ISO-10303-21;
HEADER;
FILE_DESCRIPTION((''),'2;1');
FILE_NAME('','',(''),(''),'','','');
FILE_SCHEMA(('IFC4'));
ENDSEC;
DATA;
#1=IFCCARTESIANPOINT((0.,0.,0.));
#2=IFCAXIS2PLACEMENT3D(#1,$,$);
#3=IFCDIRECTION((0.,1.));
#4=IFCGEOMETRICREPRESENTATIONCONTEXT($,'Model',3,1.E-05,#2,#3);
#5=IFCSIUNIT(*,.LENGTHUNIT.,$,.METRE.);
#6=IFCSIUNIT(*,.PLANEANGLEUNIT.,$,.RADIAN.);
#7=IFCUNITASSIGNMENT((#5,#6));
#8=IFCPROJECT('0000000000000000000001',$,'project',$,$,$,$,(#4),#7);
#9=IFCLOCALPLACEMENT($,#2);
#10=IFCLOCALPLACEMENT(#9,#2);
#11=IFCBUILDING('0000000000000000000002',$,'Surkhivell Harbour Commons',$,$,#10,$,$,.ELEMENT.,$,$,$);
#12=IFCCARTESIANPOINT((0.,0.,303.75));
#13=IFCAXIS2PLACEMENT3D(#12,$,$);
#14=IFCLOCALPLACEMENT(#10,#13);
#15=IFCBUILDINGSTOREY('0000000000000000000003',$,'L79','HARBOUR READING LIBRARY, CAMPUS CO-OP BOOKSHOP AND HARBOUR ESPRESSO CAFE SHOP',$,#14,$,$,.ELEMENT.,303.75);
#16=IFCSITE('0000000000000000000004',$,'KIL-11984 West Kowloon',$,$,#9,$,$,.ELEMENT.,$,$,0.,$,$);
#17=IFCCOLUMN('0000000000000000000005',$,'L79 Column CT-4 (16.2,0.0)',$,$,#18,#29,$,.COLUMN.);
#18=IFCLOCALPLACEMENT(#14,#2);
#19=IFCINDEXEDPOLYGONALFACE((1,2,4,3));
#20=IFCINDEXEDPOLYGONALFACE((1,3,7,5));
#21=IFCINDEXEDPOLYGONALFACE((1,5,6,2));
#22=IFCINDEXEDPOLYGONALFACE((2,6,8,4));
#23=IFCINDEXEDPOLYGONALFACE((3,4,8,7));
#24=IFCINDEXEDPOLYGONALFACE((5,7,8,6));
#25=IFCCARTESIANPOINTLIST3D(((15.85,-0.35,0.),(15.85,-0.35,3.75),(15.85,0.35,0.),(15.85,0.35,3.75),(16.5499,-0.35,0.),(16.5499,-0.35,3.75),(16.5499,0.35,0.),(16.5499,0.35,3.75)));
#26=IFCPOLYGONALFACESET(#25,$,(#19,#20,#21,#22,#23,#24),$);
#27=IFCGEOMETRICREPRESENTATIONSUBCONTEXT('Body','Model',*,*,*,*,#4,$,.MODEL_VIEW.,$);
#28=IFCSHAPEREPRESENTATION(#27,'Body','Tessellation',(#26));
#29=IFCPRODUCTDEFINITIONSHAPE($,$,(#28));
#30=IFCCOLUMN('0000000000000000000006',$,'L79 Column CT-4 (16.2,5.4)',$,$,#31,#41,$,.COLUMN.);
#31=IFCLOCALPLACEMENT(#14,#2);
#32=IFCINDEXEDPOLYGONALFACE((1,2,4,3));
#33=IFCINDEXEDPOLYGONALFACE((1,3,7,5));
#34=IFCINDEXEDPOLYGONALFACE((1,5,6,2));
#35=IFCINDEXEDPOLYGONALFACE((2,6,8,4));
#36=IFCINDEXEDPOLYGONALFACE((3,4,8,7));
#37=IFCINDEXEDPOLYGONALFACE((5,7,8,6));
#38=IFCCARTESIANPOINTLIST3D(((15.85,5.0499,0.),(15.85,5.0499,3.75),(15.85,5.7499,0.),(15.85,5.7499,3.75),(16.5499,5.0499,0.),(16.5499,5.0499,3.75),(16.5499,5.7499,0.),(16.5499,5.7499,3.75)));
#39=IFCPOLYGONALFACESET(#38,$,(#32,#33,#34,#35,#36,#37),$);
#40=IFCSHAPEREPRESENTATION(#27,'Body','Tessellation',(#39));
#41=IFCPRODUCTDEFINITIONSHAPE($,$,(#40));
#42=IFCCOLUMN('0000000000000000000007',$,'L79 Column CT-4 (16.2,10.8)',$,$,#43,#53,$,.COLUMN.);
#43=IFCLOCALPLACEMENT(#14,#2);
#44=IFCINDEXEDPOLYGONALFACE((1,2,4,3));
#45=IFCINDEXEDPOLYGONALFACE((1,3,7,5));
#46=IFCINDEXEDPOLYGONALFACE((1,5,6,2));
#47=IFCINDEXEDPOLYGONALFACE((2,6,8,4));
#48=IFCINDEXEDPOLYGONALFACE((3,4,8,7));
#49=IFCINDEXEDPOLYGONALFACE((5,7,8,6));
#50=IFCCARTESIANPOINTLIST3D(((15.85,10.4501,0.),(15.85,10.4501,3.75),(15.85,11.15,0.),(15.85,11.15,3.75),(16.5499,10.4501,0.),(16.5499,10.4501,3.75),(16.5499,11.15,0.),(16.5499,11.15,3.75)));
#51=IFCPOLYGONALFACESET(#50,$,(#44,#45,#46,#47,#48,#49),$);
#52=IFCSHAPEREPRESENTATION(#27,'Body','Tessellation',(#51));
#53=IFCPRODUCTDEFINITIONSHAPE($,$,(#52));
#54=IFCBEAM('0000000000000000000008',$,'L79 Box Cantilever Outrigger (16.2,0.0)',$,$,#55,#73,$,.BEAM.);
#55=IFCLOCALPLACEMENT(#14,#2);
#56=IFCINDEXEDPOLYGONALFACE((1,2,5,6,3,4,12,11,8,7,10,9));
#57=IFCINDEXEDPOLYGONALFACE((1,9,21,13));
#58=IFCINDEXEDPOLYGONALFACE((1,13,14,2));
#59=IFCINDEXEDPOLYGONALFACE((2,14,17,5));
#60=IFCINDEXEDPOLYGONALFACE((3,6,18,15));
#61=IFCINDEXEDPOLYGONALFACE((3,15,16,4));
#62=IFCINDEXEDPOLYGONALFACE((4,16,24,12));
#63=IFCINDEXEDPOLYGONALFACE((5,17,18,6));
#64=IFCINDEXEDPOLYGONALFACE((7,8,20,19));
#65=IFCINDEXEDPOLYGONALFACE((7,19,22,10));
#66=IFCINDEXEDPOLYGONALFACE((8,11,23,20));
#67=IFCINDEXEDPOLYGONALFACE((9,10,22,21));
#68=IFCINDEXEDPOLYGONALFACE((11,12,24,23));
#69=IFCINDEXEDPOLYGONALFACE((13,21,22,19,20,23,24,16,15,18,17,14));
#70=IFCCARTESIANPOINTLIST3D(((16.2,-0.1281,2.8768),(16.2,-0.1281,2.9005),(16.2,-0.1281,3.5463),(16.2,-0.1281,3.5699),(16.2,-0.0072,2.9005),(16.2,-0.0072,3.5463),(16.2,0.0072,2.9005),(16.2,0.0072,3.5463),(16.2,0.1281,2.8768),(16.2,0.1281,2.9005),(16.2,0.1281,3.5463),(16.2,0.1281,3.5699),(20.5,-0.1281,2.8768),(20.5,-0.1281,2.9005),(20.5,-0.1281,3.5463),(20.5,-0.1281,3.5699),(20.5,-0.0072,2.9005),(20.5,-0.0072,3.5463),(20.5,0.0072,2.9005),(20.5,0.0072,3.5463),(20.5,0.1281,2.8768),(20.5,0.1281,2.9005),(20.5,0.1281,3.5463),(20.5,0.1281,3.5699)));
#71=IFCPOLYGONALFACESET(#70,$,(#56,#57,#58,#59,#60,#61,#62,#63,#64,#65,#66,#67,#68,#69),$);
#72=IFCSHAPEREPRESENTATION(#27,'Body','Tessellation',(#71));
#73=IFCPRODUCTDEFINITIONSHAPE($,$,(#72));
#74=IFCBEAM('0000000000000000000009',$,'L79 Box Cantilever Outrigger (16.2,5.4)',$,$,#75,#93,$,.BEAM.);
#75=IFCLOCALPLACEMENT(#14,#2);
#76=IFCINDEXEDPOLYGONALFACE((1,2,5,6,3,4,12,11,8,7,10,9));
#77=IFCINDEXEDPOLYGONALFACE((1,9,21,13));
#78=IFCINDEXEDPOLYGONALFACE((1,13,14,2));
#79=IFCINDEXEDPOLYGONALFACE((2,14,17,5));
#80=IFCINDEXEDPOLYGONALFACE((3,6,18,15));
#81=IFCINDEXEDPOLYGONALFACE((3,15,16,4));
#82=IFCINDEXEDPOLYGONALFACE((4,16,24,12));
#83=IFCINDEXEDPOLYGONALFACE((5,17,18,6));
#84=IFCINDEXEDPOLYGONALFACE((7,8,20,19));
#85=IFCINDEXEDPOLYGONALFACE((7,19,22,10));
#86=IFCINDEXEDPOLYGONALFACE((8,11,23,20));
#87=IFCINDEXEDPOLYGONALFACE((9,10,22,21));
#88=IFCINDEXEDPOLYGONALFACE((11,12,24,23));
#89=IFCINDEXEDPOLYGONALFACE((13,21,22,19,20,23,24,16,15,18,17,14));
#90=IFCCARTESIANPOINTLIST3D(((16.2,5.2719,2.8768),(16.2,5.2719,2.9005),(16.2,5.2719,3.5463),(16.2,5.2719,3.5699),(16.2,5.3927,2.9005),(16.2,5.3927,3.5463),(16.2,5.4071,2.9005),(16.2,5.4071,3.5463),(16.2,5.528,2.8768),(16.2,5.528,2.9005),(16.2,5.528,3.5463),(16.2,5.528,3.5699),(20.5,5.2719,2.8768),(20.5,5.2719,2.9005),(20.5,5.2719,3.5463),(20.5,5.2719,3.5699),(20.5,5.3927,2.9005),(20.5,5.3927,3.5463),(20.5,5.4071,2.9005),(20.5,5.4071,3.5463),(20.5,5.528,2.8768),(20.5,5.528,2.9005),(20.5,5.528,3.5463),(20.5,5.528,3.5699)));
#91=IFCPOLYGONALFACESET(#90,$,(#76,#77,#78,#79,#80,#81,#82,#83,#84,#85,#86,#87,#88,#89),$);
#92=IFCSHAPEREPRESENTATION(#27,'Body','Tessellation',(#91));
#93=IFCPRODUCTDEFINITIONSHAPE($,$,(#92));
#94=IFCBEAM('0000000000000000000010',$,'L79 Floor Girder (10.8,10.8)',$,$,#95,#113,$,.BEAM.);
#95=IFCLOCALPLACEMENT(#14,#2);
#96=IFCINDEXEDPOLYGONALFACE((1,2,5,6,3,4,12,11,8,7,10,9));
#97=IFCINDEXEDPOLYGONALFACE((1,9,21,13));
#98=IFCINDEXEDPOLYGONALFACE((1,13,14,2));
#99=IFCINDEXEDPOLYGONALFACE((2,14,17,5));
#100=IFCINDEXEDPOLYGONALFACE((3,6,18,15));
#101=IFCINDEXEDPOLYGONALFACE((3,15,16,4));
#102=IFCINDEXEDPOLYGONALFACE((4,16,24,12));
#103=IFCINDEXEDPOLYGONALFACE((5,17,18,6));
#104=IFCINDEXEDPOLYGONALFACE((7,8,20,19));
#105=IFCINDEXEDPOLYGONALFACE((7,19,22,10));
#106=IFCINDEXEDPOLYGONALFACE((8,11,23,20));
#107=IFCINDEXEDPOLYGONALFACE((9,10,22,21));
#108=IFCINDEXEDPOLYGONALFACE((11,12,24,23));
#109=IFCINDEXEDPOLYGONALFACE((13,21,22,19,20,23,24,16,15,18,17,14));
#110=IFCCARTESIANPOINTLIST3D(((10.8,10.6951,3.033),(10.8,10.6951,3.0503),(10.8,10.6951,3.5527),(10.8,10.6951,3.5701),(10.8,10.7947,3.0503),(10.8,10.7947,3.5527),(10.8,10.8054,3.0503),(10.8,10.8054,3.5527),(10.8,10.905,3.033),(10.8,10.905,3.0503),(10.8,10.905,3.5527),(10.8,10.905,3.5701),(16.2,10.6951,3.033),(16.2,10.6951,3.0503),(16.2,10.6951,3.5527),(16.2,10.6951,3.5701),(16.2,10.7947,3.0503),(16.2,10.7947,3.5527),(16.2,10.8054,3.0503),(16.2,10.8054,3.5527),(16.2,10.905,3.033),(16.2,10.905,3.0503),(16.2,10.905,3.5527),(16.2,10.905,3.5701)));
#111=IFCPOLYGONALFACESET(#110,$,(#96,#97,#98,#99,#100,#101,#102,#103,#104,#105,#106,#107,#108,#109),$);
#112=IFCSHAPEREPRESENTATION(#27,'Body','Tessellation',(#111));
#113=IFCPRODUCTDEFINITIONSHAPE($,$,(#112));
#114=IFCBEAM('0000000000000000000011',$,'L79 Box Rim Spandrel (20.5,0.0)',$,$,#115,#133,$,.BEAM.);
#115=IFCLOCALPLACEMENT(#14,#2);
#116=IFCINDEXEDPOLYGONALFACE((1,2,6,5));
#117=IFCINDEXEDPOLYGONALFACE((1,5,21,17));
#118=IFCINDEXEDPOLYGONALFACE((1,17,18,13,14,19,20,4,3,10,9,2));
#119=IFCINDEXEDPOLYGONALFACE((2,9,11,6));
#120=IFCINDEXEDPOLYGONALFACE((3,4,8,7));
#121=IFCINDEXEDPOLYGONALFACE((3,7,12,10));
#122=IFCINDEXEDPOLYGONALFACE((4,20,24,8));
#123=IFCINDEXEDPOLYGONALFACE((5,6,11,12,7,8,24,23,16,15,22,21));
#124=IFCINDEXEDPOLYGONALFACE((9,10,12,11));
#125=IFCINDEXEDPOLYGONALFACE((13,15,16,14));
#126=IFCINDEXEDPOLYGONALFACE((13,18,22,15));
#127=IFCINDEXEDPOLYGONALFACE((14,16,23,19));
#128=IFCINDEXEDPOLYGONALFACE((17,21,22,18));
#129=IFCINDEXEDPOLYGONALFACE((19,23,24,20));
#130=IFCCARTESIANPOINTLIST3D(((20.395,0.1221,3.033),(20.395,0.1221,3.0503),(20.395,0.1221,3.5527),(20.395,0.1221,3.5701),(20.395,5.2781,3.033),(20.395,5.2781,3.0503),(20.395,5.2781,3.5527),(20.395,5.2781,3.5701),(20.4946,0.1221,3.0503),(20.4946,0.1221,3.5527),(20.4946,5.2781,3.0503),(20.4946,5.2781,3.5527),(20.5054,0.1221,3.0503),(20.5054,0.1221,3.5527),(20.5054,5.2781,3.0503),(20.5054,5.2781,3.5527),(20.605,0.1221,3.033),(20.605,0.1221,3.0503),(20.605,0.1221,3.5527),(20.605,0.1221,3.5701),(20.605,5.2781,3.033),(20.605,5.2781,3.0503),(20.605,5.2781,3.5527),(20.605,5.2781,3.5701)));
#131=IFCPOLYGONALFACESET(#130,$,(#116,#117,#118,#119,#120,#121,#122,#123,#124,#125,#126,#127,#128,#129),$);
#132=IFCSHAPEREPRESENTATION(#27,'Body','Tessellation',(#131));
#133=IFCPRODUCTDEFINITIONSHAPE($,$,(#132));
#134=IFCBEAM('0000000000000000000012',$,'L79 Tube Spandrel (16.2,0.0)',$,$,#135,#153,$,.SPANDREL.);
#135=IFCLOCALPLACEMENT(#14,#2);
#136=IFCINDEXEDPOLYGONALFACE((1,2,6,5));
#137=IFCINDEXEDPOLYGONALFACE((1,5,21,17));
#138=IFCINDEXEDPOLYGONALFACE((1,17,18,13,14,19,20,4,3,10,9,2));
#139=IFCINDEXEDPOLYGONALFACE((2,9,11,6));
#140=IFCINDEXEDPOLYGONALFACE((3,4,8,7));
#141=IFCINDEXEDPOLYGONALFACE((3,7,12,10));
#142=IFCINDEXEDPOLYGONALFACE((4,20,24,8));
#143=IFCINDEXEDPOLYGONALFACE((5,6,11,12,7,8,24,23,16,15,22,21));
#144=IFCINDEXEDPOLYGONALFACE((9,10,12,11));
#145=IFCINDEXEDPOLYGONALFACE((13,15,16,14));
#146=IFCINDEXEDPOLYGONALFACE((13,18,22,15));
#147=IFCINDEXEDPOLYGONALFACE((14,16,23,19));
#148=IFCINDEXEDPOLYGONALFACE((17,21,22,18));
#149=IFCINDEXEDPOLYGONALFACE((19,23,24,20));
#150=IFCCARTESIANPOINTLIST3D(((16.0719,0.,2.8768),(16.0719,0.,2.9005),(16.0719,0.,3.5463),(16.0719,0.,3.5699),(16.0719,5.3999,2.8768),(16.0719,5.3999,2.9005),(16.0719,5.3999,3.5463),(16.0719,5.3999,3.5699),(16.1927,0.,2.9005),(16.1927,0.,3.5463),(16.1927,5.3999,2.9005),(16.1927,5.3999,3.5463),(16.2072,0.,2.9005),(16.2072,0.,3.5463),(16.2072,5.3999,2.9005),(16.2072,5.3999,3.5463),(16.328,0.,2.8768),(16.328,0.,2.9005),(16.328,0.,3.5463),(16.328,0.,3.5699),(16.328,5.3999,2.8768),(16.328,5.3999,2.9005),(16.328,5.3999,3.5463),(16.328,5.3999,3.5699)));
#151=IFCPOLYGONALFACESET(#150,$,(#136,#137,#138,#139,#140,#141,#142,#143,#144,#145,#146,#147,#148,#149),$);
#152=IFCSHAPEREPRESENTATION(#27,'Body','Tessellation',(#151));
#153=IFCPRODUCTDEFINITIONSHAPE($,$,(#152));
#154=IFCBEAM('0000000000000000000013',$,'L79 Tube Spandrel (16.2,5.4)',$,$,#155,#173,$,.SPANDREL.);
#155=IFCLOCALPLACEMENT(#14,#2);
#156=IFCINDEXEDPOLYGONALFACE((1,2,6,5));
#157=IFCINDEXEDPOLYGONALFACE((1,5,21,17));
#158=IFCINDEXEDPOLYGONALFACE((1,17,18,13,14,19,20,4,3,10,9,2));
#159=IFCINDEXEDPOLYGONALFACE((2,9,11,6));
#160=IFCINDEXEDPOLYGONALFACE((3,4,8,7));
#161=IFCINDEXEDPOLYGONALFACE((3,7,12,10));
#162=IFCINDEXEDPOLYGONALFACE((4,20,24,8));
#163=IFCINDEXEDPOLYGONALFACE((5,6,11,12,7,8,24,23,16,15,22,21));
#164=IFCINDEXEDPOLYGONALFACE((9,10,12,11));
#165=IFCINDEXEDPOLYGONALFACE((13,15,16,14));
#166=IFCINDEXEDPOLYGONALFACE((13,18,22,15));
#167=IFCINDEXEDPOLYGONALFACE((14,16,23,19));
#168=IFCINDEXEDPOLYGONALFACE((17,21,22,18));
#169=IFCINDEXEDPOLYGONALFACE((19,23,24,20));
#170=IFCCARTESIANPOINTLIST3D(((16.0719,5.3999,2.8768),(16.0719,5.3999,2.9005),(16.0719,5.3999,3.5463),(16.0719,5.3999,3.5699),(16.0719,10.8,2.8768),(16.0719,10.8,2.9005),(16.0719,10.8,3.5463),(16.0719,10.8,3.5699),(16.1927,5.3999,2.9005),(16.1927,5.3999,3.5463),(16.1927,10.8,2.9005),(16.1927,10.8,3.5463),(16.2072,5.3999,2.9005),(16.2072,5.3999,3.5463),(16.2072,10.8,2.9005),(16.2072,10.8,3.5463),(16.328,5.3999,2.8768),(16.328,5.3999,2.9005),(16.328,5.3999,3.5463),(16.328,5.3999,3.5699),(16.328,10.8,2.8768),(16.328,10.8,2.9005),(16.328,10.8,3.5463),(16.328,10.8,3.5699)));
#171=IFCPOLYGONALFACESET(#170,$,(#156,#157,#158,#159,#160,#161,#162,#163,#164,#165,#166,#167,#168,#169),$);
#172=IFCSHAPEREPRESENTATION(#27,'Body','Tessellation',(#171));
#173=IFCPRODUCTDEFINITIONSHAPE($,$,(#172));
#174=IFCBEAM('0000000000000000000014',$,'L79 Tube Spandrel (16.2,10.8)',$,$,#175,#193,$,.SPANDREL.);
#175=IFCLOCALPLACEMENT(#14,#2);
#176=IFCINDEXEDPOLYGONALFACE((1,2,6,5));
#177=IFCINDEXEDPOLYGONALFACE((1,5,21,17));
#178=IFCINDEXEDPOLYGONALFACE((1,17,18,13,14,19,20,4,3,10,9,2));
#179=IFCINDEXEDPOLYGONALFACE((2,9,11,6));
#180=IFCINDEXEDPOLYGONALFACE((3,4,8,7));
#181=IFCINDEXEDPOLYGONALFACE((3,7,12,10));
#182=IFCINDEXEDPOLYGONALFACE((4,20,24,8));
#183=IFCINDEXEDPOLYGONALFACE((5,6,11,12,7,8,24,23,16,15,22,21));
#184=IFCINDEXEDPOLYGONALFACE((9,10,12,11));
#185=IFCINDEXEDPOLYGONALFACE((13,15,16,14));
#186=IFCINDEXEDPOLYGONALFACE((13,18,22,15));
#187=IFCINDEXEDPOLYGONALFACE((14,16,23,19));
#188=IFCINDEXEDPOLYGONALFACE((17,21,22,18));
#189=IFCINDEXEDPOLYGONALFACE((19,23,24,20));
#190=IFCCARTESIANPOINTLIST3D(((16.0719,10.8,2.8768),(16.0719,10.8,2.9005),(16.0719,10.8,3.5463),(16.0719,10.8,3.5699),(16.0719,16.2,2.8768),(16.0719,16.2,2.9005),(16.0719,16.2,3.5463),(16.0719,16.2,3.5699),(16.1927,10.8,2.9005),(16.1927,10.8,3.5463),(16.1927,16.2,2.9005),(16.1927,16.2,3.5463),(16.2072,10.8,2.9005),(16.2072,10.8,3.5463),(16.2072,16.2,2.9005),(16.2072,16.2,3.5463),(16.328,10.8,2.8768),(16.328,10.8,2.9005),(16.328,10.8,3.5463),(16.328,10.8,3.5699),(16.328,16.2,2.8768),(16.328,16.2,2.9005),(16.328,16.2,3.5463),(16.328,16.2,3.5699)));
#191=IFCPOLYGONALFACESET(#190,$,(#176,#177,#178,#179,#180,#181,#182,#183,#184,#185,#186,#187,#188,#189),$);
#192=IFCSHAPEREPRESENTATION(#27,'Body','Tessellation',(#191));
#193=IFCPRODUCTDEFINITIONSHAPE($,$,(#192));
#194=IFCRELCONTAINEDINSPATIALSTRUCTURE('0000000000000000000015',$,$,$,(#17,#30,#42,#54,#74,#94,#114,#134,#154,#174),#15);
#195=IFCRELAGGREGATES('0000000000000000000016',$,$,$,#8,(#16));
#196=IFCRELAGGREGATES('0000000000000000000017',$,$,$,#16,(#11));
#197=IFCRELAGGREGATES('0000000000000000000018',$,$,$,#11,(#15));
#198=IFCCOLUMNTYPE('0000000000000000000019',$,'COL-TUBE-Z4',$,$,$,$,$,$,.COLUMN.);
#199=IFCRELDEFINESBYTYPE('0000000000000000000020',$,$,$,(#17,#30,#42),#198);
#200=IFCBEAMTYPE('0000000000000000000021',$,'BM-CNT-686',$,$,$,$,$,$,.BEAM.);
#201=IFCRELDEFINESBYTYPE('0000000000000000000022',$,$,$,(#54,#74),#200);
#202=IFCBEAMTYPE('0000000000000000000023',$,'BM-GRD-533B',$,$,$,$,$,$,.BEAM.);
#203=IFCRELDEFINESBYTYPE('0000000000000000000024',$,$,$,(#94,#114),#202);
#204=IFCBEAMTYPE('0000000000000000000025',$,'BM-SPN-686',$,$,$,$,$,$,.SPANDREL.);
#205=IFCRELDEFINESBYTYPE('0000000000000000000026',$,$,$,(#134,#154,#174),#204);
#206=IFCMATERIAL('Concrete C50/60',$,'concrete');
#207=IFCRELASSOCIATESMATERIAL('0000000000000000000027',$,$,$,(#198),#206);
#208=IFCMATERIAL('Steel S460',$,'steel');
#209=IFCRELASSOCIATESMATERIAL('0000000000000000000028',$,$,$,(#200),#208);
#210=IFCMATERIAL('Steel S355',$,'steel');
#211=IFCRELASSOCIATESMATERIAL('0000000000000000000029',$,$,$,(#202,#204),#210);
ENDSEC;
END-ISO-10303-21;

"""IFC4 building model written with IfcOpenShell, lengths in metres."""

from ifc_helpers import new_model, si_unit, direction, frame, origin, origin_2d, place, context, subcontext, project, spatial, rectangle, i_section, extrude, material, material_profile, profile_set, type_object, element, save


model = new_model("IFC4")

# Units and contexts
model_context = context("Model", 3, precision=1e-05, world=origin(), true_north=direction((0.0, 1.0)))
body_context = subcontext(model_context, "Body", "Model", "MODEL_VIEW")
ifc_project = project(units=[si_unit("LENGTHUNIT", "METRE"), si_unit("PLANEANGLEUNIT", "RADIAN")], contexts=[model_context])

# Site, building, storey
site_placement = place(None, origin())
site = spatial("IfcSite", under=ifc_project, at=site_placement, Name="KIL-11984 West Kowloon", CompositionType="ELEMENT", RefElevation=0.0)
building_placement = place(site_placement, origin())
building = spatial("IfcBuilding", under=site, at=building_placement, Name="Surkhivell Harbour Commons", CompositionType="ELEMENT")
storey_placement = place(building_placement, frame((0.0, 0.0, 303.75)))
storey = spatial("IfcBuildingStorey", under=building, at=storey_placement, Name="L79", Description="HARBOUR READING LIBRARY, CAMPUS CO-OP BOOKSHOP AND HARBOUR ESPRESSO CAFE SHOP", CompositionType="ELEMENT", Elevation=303.75)

# Columns
ifc_material_1 = material(Name="Concrete C50/60", Category="concrete")
ifc_material_profile_1 = material_profile(ifc_material_1, rectangle(XDim=0.7, YDim=0.7, at=origin_2d()), Name="RC-COL-700x700")
ifc_profile_set_1 = profile_set([ifc_material_profile_1], Name="Concrete C50/60")
column_type = type_object("IfcColumnType", Name="COL-TUBE-Z4", PredefinedType="COLUMN", material=ifc_profile_set_1)
for number, where, z_axis, x_axis, name in (
    (1, (16.2, 0.0, 0.0), (0.0, 0.0, 1.0), (1.0, 0.0, 0.0), "L79 Column CT-4 (16.2,0.0)"),
    (2, (16.2, 5.3999, 0.0), (0.0, 0.0, 1.0), (1.0, 0.0, 0.0), "L79 Column CT-4 (16.2,5.4)"),
    (3, (16.2, 10.8, 0.0), (0.0, 0.0, 1.0), (1.0, 0.0, 0.0), "L79 Column CT-4 (16.2,10.8)"),
):
    element("IfcColumn", number, at=place(storey_placement, frame(where, z_axis=z_axis, x_axis=x_axis)), inside=storey, type_object=column_type, Name=name, PredefinedType="COLUMN", context=body_context, shape_type="SweptSolid", body=[
        extrude(rectangle(XDim=0.7, YDim=0.7, at=origin_2d()), origin(), (0.0, 0.0, 1.0), 3.75),
    ])

# Beams
ifc_material_2 = material(Name="Steel S460", Category="steel")
ifc_material_profile_2 = material_profile(ifc_material_2, i_section(OverallWidth=0.2561, OverallDepth=0.6931, WebThickness=0.0144, FlangeThickness=0.0237, at=origin_2d()), Name="UB686x254x170")
ifc_profile_set_2 = profile_set([ifc_material_profile_2], Name="Steel S460")
beam_type_1 = type_object("IfcBeamType", Name="BM-CNT-686", PredefinedType="BEAM", material=ifc_profile_set_2)
for number, where, z_axis, x_axis, name in (
    (4, (16.2, 0.0, 3.2234), (1.0, 0.0, 0.0), (0.0, 1.0, 0.0), "L79 Box Cantilever Outrigger (16.2,0.0)"),
    (5, (16.2, 5.3999, 3.2234), (1.0, 0.0, 0.0), (0.0, 1.0, 0.0), "L79 Box Cantilever Outrigger (16.2,5.4)"),
):
    element("IfcBeam", number, at=place(storey_placement, frame(where, z_axis=z_axis, x_axis=x_axis)), inside=storey, type_object=beam_type_1, Name=name, PredefinedType="BEAM", context=body_context, shape_type="SweptSolid", body=[
        extrude(i_section(OverallWidth=0.2561, OverallDepth=0.6931, WebThickness=0.0144, FlangeThickness=0.0237, at=origin_2d()), origin(), (0.0, 0.0, 1.0), 4.3),
    ])
ifc_material_3 = material(Name="Steel S355", Category="steel")
ifc_material_profile_3 = material_profile(ifc_material_3, i_section(OverallWidth=0.21, OverallDepth=0.5371, WebThickness=0.0107, FlangeThickness=0.0173, at=origin_2d()), Name="UB533x210x101")
ifc_profile_set_3 = profile_set([ifc_material_profile_3], Name="Steel S355")
beam_type_2 = type_object("IfcBeamType", Name="BM-GRD-533B", PredefinedType="BEAM", material=ifc_profile_set_3)
beam_1_placement = place(storey_placement, frame((10.8, 10.8, 3.3015), z_axis=(1.0, 0.0, 0.0), x_axis=(0.0, 1.0, 0.0)))
element("IfcBeam", 6, at=beam_1_placement, inside=storey, type_object=beam_type_2, Name="L79 Floor Girder (10.8,10.8)", PredefinedType="BEAM", context=body_context, shape_type="SweptSolid", body=[
    extrude(i_section(OverallWidth=0.21, OverallDepth=0.5371, WebThickness=0.0107, FlangeThickness=0.0173, at=origin_2d()), origin(), (0.0, 0.0, 1.0), 5.3999),
])
beam_2_placement = place(storey_placement, frame((20.5, 0.1221, 3.3015), z_axis=(0.0, 1.0, 0.0), x_axis=(-1.0, 0.0, 0.0)))
element("IfcBeam", 7, at=beam_2_placement, inside=storey, type_object=beam_type_2, Name="L79 Box Rim Spandrel (20.5,0.0)", PredefinedType="BEAM", context=body_context, shape_type="SweptSolid", body=[
    extrude(i_section(OverallWidth=0.21, OverallDepth=0.5371, WebThickness=0.0107, FlangeThickness=0.0173, at=origin_2d()), origin(), (0.0, 0.0, 1.0), 5.156),
])
ifc_material_profile_4 = material_profile(ifc_material_3, i_section(OverallWidth=0.2561, OverallDepth=0.6931, WebThickness=0.0144, FlangeThickness=0.0237, at=origin_2d()), Name="UB686x254x170")
ifc_profile_set_4 = profile_set([ifc_material_profile_4], Name="Steel S355")
beam_type_3 = type_object("IfcBeamType", Name="BM-SPN-686", PredefinedType="SPANDREL", material=ifc_profile_set_4)
beam_3_placement = place(storey_placement, frame((16.2, 0.0, 3.2234), z_axis=(0.0, 1.0, 0.0), x_axis=(-1.0, 0.0, 0.0)))
element("IfcBeam", 8, at=beam_3_placement, inside=storey, type_object=beam_type_3, Name="L79 Tube Spandrel (16.2,0.0)", PredefinedType="SPANDREL", context=body_context, shape_type="SweptSolid", body=[
    extrude(i_section(OverallWidth=0.2561, OverallDepth=0.6931, WebThickness=0.0144, FlangeThickness=0.0237, at=origin_2d()), origin(), (0.0, 0.0, 1.0), 5.3999),
])
beam_4_placement = place(storey_placement, frame((16.2, 5.3999, 3.2234), z_axis=(0.0, 1.0, 0.0), x_axis=(-1.0, 0.0, 0.0)))
element("IfcBeam", 9, at=beam_4_placement, inside=storey, type_object=beam_type_3, Name="L79 Tube Spandrel (16.2,5.4)", PredefinedType="SPANDREL", context=body_context, shape_type="SweptSolid", body=[
    extrude(i_section(OverallWidth=0.2561, OverallDepth=0.6931, WebThickness=0.0144, FlangeThickness=0.0237, at=origin_2d()), origin(), (0.0, 0.0, 1.0), 5.4001),
])
beam_5_placement = place(storey_placement, frame((16.2, 10.8, 3.2234), z_axis=(0.0, 1.0, 0.0), x_axis=(-1.0, 0.0, 0.0)))
element("IfcBeam", 10, at=beam_5_placement, inside=storey, type_object=beam_type_3, Name="L79 Tube Spandrel (16.2,10.8)", PredefinedType="SPANDREL", context=body_context, shape_type="SweptSolid", body=[
    extrude(i_section(OverallWidth=0.2561, OverallDepth=0.6931, WebThickness=0.0144, FlangeThickness=0.0237, at=origin_2d()), origin(), (0.0, 0.0, 1.0), 5.3999),
])

save(model, "model.ifc")
